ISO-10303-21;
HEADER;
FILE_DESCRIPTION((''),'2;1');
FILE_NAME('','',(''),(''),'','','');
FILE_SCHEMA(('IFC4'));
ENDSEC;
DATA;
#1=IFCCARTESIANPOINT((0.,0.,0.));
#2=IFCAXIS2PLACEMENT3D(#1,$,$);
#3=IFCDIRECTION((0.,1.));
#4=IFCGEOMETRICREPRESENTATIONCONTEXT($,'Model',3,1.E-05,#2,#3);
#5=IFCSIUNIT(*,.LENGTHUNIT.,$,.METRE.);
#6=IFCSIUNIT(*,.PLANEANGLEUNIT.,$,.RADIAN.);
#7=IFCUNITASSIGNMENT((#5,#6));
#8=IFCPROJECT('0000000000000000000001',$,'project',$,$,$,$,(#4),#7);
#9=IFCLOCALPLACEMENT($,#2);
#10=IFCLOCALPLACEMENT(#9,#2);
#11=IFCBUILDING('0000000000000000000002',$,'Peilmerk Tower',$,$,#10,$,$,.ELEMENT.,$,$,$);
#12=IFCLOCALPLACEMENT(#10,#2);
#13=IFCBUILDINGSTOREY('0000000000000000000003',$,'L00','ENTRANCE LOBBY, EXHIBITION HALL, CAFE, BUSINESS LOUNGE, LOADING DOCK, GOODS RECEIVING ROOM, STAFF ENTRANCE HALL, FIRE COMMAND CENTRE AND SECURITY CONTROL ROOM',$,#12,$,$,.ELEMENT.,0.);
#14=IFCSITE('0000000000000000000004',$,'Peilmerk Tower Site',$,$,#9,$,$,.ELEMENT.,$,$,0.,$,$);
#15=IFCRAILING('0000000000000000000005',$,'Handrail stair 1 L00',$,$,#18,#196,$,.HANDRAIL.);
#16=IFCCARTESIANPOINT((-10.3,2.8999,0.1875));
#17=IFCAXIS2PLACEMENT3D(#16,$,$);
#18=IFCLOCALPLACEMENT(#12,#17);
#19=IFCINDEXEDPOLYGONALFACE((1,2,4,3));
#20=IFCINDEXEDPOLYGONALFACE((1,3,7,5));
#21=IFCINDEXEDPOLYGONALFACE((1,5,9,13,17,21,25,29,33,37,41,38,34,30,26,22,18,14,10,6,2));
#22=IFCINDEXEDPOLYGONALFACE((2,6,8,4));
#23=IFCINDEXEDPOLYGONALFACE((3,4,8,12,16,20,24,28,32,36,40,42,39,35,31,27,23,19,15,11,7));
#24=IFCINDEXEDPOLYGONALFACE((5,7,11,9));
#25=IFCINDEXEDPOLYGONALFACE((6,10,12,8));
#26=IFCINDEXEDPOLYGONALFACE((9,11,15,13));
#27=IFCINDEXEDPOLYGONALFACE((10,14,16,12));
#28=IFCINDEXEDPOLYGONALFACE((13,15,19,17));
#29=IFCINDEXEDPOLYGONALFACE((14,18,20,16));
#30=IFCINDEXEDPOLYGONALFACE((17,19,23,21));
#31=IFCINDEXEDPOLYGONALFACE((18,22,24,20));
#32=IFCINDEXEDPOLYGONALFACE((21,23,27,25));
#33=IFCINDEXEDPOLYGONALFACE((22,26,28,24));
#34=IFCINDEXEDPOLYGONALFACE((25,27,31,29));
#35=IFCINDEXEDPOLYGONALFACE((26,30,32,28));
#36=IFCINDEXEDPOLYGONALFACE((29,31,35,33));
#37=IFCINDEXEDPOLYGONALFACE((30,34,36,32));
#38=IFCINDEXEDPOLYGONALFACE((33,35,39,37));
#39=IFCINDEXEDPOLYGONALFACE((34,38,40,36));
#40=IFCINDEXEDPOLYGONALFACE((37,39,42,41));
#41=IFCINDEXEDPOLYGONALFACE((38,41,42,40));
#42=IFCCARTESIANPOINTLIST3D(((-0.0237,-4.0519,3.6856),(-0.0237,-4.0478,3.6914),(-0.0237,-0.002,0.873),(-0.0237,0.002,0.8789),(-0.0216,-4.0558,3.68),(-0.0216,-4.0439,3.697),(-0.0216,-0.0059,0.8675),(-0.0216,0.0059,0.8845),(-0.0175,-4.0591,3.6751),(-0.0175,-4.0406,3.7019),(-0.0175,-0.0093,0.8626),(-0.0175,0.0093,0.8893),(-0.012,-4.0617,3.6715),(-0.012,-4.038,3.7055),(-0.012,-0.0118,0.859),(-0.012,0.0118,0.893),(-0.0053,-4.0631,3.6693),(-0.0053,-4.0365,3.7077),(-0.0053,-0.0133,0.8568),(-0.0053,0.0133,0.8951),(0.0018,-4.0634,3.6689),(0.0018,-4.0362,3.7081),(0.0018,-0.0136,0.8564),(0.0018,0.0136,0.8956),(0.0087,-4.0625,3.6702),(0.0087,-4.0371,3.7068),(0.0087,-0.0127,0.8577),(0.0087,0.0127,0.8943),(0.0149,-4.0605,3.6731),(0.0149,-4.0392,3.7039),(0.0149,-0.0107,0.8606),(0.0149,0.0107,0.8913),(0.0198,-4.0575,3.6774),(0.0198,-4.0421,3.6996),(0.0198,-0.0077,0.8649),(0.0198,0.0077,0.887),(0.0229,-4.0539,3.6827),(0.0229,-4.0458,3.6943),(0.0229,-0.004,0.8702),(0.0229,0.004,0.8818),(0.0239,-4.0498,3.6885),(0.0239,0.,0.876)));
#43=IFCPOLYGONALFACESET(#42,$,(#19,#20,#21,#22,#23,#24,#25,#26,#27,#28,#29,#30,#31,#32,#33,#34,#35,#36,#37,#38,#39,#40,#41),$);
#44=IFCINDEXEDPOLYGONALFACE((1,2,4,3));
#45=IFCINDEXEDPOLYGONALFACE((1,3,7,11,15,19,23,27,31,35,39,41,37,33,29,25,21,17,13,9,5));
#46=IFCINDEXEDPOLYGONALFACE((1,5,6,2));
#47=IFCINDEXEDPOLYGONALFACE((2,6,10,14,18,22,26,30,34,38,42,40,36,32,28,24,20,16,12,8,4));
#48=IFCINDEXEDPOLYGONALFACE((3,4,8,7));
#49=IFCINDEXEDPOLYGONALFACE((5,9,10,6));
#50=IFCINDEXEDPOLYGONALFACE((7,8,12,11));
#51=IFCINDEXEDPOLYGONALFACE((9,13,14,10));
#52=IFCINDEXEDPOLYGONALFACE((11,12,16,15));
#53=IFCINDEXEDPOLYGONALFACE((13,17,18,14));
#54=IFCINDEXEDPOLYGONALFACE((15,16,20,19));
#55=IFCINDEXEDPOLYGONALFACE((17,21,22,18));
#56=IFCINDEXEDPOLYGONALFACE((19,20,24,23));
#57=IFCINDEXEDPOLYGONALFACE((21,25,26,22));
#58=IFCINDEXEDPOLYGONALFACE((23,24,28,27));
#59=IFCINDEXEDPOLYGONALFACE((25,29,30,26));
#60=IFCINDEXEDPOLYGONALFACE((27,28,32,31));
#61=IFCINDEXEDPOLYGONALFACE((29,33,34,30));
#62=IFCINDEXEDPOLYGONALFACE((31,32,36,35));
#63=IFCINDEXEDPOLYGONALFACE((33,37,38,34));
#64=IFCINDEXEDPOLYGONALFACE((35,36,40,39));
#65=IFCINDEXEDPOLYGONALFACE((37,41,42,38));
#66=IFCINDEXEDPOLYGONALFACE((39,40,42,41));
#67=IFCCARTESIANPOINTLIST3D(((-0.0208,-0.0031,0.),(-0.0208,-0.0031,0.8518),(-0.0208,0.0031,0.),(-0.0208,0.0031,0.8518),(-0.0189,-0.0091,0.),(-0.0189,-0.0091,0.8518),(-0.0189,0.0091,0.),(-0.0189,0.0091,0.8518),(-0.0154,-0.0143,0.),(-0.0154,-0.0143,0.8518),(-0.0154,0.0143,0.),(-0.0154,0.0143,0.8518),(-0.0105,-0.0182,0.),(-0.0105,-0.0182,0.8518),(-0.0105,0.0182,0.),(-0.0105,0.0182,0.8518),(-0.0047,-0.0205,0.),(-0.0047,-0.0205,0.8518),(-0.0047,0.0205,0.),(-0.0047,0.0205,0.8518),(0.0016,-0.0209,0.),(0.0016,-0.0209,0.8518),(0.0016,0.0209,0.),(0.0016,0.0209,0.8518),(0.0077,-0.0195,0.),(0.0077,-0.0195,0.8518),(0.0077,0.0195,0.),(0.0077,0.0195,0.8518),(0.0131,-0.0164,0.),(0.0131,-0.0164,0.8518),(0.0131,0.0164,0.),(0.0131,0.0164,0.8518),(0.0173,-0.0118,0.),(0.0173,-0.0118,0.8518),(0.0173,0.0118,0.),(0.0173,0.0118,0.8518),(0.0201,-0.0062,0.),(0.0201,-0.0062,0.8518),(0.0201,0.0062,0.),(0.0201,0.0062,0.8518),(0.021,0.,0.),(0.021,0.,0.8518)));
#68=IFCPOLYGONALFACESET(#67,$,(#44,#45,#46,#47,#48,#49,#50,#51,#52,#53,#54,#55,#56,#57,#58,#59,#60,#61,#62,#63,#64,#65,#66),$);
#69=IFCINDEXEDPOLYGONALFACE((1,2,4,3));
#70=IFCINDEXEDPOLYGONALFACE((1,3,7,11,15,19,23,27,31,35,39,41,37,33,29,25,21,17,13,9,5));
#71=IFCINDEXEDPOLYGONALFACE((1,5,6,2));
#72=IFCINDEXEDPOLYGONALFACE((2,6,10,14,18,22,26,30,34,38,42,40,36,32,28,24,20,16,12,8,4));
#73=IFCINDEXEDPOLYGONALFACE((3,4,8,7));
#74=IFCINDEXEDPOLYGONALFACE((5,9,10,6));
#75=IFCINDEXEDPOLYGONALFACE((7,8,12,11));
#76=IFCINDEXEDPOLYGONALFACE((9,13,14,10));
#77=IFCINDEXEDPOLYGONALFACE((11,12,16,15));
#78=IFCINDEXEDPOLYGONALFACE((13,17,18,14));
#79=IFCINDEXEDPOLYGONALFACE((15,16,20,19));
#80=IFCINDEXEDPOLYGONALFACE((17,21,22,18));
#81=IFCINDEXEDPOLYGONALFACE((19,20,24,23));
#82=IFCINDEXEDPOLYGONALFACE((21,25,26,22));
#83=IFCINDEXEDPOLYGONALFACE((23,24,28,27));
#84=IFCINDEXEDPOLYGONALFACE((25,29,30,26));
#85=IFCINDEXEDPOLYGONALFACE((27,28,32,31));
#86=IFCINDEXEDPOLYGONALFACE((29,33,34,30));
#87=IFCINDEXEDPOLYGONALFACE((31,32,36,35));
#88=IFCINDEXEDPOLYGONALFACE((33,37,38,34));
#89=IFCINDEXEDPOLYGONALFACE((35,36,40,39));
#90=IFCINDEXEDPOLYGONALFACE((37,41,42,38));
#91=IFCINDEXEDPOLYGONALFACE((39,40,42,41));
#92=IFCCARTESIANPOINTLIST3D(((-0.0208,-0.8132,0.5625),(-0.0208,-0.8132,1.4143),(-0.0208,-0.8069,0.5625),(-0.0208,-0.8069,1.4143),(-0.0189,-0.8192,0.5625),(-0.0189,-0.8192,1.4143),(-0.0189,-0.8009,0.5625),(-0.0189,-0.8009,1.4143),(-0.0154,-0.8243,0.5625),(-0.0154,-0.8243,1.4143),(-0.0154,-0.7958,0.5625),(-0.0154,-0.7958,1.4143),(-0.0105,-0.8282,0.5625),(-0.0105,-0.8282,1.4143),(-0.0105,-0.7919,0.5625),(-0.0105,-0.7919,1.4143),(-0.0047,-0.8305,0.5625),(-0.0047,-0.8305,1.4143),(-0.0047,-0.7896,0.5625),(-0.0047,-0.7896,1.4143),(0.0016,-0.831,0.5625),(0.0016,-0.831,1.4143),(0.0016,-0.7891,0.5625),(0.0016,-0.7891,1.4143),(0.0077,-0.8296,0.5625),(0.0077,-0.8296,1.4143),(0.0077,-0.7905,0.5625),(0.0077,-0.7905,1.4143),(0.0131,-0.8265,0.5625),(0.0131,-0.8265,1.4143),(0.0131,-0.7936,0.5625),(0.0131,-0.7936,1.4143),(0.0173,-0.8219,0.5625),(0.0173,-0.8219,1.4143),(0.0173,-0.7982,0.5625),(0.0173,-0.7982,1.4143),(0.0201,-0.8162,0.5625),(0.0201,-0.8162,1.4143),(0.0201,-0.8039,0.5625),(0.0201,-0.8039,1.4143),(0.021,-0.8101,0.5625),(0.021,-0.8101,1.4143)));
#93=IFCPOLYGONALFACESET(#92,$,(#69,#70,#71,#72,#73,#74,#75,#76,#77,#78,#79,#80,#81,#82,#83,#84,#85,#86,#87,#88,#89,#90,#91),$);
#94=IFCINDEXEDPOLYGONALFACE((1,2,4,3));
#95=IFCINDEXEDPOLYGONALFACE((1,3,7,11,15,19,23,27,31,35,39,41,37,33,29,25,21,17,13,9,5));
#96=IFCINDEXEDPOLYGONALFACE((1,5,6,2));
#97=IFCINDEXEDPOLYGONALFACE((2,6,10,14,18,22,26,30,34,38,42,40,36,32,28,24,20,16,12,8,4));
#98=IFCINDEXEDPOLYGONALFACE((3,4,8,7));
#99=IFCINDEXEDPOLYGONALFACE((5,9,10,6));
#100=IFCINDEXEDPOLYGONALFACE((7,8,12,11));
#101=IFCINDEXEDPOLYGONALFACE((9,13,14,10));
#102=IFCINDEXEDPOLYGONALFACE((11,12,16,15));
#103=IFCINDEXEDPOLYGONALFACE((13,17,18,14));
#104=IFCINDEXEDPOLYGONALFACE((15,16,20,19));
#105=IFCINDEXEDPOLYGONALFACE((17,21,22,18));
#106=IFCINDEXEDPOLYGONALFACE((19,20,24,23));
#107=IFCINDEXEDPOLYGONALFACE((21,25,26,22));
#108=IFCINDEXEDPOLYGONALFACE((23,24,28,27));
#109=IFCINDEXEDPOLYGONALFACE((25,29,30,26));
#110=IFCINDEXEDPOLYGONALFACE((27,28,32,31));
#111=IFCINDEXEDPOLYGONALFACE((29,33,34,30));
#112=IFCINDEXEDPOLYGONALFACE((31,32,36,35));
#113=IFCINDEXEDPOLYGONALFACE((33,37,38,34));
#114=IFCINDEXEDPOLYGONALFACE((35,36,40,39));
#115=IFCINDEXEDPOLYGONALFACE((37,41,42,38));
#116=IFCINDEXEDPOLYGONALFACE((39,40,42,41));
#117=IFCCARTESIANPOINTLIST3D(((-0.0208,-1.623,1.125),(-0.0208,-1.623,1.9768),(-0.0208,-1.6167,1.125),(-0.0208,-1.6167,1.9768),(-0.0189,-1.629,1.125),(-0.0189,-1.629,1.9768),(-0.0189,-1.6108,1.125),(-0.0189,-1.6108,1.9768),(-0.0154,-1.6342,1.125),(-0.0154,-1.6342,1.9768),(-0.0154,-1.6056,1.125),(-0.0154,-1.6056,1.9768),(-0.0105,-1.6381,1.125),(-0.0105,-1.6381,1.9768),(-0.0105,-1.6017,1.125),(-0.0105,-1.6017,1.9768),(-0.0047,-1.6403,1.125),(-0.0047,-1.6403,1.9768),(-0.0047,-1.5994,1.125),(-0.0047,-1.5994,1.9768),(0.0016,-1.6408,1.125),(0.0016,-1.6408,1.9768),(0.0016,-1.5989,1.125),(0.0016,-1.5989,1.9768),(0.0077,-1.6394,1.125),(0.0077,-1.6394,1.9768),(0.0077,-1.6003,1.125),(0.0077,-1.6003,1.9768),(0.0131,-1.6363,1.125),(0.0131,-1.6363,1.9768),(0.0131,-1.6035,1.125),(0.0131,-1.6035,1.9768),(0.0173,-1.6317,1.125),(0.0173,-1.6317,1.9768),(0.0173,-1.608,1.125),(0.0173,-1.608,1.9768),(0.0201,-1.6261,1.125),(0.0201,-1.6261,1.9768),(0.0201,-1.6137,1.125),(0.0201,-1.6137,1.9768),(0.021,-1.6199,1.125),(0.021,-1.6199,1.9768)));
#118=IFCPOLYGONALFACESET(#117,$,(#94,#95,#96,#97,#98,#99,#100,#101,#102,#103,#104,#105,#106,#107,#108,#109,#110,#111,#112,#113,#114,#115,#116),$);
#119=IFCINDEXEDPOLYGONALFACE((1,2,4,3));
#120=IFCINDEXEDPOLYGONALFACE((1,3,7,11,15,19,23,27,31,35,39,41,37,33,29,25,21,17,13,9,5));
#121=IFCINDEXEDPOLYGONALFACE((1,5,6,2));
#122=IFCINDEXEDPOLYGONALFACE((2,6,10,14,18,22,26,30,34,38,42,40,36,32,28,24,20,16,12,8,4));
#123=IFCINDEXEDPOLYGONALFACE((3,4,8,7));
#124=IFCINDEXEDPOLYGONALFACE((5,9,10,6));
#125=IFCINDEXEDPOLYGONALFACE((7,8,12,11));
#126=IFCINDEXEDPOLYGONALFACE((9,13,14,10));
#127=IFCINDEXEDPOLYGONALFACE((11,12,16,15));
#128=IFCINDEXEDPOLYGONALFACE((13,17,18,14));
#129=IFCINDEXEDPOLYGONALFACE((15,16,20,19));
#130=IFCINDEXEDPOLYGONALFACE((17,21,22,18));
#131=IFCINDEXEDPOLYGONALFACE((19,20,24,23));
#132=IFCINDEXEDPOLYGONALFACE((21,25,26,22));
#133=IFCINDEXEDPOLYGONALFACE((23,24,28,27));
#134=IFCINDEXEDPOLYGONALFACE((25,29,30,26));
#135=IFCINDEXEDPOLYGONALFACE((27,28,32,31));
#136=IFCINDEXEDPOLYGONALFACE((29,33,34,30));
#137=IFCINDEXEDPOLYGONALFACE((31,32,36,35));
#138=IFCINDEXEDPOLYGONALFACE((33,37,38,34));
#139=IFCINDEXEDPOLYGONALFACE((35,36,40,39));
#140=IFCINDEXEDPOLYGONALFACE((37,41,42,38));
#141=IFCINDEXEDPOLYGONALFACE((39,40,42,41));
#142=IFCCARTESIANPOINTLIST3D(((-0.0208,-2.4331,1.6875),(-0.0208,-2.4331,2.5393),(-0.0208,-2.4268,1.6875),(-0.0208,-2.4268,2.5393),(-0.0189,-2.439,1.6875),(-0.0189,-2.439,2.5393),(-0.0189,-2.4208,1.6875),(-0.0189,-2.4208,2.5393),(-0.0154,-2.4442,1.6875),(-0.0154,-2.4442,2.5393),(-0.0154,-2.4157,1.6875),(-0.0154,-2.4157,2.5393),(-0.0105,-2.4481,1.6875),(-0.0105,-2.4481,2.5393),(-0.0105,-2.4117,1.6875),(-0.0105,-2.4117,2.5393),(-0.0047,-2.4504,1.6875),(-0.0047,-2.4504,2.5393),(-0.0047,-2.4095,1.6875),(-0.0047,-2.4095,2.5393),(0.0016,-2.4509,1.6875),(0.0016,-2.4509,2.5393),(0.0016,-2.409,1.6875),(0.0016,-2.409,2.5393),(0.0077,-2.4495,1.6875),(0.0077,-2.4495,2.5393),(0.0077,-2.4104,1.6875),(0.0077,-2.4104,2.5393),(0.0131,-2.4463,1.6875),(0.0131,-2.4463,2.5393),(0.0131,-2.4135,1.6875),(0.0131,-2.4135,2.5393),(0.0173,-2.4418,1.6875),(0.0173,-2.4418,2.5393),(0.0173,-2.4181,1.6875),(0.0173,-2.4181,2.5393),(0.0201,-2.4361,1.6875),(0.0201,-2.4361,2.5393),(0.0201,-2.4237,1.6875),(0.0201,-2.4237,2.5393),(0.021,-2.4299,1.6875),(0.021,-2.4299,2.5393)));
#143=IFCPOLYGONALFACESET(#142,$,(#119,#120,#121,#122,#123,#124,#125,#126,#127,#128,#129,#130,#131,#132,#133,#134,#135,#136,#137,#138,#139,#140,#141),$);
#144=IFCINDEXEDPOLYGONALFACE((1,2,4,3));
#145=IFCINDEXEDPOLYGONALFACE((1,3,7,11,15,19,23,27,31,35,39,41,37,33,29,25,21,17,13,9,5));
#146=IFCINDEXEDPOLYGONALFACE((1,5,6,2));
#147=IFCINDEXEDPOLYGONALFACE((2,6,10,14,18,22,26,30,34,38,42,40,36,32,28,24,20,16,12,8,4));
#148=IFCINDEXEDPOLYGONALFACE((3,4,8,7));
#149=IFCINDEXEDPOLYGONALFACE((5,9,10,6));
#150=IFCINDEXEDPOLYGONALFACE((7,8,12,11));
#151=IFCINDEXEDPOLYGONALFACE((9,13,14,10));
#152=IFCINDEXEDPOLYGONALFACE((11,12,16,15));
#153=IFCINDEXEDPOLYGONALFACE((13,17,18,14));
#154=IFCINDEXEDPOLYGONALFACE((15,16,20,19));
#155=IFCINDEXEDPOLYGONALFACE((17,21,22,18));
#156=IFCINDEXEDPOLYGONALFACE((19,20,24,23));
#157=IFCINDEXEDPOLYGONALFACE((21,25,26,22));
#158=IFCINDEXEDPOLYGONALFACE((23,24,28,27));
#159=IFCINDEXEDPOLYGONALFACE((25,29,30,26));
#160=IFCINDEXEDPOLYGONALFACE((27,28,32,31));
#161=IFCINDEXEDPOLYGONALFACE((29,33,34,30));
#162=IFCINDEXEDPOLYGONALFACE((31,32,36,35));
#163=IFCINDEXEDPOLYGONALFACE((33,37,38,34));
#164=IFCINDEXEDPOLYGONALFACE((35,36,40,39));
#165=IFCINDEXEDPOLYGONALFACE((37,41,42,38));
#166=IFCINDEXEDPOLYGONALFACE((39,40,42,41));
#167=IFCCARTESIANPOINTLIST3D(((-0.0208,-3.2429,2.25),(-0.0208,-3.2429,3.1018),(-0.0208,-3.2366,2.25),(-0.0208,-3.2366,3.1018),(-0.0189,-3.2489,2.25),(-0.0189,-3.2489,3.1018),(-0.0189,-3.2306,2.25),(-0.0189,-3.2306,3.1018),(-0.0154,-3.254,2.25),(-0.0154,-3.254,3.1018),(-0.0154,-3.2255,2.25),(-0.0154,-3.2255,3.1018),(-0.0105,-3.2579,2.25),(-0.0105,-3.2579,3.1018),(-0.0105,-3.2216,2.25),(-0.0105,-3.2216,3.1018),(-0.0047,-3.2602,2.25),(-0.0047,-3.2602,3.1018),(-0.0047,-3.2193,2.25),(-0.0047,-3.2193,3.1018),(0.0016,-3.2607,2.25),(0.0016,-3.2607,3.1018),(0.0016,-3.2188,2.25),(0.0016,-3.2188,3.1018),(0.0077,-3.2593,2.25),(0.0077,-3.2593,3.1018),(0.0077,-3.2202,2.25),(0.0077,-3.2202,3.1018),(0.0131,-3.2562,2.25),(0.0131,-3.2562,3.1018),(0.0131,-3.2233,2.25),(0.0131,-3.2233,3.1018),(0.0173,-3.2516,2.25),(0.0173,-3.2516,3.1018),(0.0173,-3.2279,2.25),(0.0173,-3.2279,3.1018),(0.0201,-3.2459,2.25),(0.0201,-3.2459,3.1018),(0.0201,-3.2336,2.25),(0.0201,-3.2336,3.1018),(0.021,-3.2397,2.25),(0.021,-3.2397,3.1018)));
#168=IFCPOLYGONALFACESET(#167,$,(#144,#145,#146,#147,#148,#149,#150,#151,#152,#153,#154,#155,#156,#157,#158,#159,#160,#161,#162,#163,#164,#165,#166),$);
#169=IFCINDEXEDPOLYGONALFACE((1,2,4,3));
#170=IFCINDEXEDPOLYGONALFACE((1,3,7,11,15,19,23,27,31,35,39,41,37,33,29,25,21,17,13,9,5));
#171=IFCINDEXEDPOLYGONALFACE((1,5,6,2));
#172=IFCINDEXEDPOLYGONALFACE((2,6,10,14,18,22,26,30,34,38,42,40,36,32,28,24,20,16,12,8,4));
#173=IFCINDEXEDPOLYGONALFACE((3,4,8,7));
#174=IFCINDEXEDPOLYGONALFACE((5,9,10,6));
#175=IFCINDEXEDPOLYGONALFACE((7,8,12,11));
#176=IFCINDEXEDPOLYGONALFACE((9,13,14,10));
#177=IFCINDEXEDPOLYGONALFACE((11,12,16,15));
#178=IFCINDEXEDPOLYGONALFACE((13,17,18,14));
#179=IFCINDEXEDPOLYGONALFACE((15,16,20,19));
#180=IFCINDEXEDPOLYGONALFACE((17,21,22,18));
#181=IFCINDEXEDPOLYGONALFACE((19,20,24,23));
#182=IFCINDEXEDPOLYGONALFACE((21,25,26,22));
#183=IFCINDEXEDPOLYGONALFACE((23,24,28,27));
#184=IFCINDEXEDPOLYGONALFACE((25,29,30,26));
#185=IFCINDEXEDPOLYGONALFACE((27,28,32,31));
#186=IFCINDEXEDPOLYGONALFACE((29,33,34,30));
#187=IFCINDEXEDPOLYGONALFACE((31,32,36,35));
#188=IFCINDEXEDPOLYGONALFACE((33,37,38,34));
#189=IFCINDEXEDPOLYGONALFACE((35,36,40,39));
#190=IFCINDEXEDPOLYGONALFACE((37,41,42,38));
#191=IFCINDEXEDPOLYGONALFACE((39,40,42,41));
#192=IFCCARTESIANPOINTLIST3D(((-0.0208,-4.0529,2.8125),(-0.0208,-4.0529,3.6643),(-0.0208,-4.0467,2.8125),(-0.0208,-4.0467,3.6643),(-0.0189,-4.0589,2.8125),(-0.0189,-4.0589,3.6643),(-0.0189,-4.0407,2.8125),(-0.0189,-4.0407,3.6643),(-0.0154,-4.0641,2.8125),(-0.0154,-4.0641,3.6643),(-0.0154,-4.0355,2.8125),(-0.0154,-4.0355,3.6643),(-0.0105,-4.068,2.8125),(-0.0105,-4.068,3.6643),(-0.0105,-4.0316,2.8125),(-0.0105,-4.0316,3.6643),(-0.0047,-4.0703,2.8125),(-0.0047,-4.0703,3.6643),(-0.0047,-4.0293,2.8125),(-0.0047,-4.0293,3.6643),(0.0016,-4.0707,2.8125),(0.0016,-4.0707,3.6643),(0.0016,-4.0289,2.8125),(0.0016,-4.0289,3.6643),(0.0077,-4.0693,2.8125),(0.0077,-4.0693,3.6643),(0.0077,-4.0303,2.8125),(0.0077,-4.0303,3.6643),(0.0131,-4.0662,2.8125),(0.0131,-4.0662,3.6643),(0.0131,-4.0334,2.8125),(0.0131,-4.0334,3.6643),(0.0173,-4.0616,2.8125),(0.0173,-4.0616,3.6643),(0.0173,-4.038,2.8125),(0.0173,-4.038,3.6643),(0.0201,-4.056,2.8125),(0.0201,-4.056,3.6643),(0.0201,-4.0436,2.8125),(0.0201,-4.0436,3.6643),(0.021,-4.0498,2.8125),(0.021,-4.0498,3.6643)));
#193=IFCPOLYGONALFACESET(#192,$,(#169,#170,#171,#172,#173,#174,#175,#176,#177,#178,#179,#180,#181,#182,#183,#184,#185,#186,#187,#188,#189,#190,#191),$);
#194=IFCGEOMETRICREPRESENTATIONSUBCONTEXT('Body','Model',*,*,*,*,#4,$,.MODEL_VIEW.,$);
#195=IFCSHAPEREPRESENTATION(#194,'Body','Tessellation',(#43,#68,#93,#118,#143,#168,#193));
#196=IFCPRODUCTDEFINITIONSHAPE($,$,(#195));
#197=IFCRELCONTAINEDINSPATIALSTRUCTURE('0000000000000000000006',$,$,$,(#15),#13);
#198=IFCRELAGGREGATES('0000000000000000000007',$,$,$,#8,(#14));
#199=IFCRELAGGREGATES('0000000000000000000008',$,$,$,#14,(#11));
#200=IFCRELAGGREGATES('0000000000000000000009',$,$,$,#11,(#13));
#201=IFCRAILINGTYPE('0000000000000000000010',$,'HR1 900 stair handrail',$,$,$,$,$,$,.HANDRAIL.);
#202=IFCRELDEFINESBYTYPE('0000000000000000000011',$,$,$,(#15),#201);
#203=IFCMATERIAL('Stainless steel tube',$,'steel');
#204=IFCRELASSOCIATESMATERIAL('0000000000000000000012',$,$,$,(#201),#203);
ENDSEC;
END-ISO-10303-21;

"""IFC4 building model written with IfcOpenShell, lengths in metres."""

from ifc_helpers import new_model, si_unit, direction, frame, origin, origin_2d, place, context, subcontext, project, spatial, circle, extrude, material, type_object, element, save


model = new_model("IFC4")

# Units and contexts
model_context = context("Model", 3, precision=1e-05, world=origin(), true_north=direction((0.0, 1.0)))
body_context = subcontext(model_context, "Body", "Model", "MODEL_VIEW")
ifc_project = project(units=[si_unit("LENGTHUNIT", "METRE"), si_unit("PLANEANGLEUNIT", "RADIAN")], contexts=[model_context])

# Site, building, storey
site_placement = place(None, origin())
site = spatial("IfcSite", under=ifc_project, at=site_placement, Name="Peilmerk Tower Site", CompositionType="ELEMENT", RefElevation=0.0)
building_placement = place(site_placement, origin())
building = spatial("IfcBuilding", under=site, at=building_placement, Name="Peilmerk Tower", CompositionType="ELEMENT")
storey_placement = place(building_placement, origin())
storey = spatial("IfcBuildingStorey", under=building, at=storey_placement, Name="L00", Description="ENTRANCE LOBBY, EXHIBITION HALL, CAFE, BUSINESS LOUNGE, LOADING DOCK, GOODS RECEIVING ROOM, STAFF ENTRANCE HALL, FIRE COMMAND CENTRE AND SECURITY CONTROL ROOM", CompositionType="ELEMENT", Elevation=0.0)

# Railing
ifc_material_1 = material(Name="Stainless steel tube", Category="steel")
railing_type_1 = type_object("IfcRailingType", Name="HR1 900 stair handrail", PredefinedType="HANDRAIL", material=ifc_material_1)
railing_1_placement = place(storey_placement, frame((-10.3, 2.8999, 0.1875)))
element("IfcRailing", 1, at=railing_1_placement, inside=storey, type_object=railing_type_1, Name="Handrail stair 1 L00", PredefinedType="HANDRAIL", context=body_context, shape_type="SweptSolid", body=[
    extrude(circle(Radius=0.0239, at=origin_2d()), frame((0.0, 0.0, 0.876), z_axis=(0.0, -0.821357, 0.570414), x_axis=(1.0, 0.0, 0.0)), (0.0, 0.0, 1.0), 4.9307),
    extrude(circle(Radius=0.021, at=origin_2d()), origin(), (0.0, 0.0, 1.0), 0.8518),
    extrude(circle(Radius=0.021, at=origin_2d()), frame((0.0, -0.8101, 0.5625)), (0.0, 0.0, 1.0), 0.8518),
    extrude(circle(Radius=0.021, at=origin_2d()), frame((0.0, -1.6199, 1.125)), (0.0, 0.0, 1.0), 0.8518),
    extrude(circle(Radius=0.021, at=origin_2d()), frame((0.0, -2.4299, 1.6875)), (0.0, 0.0, 1.0), 0.8518),
    extrude(circle(Radius=0.021, at=origin_2d()), frame((0.0, -3.2397, 2.25)), (0.0, 0.0, 1.0), 0.8518),
    extrude(circle(Radius=0.021, at=origin_2d()), frame((0.0, -4.0498, 2.8125)), (0.0, 0.0, 1.0), 0.8518),
])

save(model, "model.ifc")
